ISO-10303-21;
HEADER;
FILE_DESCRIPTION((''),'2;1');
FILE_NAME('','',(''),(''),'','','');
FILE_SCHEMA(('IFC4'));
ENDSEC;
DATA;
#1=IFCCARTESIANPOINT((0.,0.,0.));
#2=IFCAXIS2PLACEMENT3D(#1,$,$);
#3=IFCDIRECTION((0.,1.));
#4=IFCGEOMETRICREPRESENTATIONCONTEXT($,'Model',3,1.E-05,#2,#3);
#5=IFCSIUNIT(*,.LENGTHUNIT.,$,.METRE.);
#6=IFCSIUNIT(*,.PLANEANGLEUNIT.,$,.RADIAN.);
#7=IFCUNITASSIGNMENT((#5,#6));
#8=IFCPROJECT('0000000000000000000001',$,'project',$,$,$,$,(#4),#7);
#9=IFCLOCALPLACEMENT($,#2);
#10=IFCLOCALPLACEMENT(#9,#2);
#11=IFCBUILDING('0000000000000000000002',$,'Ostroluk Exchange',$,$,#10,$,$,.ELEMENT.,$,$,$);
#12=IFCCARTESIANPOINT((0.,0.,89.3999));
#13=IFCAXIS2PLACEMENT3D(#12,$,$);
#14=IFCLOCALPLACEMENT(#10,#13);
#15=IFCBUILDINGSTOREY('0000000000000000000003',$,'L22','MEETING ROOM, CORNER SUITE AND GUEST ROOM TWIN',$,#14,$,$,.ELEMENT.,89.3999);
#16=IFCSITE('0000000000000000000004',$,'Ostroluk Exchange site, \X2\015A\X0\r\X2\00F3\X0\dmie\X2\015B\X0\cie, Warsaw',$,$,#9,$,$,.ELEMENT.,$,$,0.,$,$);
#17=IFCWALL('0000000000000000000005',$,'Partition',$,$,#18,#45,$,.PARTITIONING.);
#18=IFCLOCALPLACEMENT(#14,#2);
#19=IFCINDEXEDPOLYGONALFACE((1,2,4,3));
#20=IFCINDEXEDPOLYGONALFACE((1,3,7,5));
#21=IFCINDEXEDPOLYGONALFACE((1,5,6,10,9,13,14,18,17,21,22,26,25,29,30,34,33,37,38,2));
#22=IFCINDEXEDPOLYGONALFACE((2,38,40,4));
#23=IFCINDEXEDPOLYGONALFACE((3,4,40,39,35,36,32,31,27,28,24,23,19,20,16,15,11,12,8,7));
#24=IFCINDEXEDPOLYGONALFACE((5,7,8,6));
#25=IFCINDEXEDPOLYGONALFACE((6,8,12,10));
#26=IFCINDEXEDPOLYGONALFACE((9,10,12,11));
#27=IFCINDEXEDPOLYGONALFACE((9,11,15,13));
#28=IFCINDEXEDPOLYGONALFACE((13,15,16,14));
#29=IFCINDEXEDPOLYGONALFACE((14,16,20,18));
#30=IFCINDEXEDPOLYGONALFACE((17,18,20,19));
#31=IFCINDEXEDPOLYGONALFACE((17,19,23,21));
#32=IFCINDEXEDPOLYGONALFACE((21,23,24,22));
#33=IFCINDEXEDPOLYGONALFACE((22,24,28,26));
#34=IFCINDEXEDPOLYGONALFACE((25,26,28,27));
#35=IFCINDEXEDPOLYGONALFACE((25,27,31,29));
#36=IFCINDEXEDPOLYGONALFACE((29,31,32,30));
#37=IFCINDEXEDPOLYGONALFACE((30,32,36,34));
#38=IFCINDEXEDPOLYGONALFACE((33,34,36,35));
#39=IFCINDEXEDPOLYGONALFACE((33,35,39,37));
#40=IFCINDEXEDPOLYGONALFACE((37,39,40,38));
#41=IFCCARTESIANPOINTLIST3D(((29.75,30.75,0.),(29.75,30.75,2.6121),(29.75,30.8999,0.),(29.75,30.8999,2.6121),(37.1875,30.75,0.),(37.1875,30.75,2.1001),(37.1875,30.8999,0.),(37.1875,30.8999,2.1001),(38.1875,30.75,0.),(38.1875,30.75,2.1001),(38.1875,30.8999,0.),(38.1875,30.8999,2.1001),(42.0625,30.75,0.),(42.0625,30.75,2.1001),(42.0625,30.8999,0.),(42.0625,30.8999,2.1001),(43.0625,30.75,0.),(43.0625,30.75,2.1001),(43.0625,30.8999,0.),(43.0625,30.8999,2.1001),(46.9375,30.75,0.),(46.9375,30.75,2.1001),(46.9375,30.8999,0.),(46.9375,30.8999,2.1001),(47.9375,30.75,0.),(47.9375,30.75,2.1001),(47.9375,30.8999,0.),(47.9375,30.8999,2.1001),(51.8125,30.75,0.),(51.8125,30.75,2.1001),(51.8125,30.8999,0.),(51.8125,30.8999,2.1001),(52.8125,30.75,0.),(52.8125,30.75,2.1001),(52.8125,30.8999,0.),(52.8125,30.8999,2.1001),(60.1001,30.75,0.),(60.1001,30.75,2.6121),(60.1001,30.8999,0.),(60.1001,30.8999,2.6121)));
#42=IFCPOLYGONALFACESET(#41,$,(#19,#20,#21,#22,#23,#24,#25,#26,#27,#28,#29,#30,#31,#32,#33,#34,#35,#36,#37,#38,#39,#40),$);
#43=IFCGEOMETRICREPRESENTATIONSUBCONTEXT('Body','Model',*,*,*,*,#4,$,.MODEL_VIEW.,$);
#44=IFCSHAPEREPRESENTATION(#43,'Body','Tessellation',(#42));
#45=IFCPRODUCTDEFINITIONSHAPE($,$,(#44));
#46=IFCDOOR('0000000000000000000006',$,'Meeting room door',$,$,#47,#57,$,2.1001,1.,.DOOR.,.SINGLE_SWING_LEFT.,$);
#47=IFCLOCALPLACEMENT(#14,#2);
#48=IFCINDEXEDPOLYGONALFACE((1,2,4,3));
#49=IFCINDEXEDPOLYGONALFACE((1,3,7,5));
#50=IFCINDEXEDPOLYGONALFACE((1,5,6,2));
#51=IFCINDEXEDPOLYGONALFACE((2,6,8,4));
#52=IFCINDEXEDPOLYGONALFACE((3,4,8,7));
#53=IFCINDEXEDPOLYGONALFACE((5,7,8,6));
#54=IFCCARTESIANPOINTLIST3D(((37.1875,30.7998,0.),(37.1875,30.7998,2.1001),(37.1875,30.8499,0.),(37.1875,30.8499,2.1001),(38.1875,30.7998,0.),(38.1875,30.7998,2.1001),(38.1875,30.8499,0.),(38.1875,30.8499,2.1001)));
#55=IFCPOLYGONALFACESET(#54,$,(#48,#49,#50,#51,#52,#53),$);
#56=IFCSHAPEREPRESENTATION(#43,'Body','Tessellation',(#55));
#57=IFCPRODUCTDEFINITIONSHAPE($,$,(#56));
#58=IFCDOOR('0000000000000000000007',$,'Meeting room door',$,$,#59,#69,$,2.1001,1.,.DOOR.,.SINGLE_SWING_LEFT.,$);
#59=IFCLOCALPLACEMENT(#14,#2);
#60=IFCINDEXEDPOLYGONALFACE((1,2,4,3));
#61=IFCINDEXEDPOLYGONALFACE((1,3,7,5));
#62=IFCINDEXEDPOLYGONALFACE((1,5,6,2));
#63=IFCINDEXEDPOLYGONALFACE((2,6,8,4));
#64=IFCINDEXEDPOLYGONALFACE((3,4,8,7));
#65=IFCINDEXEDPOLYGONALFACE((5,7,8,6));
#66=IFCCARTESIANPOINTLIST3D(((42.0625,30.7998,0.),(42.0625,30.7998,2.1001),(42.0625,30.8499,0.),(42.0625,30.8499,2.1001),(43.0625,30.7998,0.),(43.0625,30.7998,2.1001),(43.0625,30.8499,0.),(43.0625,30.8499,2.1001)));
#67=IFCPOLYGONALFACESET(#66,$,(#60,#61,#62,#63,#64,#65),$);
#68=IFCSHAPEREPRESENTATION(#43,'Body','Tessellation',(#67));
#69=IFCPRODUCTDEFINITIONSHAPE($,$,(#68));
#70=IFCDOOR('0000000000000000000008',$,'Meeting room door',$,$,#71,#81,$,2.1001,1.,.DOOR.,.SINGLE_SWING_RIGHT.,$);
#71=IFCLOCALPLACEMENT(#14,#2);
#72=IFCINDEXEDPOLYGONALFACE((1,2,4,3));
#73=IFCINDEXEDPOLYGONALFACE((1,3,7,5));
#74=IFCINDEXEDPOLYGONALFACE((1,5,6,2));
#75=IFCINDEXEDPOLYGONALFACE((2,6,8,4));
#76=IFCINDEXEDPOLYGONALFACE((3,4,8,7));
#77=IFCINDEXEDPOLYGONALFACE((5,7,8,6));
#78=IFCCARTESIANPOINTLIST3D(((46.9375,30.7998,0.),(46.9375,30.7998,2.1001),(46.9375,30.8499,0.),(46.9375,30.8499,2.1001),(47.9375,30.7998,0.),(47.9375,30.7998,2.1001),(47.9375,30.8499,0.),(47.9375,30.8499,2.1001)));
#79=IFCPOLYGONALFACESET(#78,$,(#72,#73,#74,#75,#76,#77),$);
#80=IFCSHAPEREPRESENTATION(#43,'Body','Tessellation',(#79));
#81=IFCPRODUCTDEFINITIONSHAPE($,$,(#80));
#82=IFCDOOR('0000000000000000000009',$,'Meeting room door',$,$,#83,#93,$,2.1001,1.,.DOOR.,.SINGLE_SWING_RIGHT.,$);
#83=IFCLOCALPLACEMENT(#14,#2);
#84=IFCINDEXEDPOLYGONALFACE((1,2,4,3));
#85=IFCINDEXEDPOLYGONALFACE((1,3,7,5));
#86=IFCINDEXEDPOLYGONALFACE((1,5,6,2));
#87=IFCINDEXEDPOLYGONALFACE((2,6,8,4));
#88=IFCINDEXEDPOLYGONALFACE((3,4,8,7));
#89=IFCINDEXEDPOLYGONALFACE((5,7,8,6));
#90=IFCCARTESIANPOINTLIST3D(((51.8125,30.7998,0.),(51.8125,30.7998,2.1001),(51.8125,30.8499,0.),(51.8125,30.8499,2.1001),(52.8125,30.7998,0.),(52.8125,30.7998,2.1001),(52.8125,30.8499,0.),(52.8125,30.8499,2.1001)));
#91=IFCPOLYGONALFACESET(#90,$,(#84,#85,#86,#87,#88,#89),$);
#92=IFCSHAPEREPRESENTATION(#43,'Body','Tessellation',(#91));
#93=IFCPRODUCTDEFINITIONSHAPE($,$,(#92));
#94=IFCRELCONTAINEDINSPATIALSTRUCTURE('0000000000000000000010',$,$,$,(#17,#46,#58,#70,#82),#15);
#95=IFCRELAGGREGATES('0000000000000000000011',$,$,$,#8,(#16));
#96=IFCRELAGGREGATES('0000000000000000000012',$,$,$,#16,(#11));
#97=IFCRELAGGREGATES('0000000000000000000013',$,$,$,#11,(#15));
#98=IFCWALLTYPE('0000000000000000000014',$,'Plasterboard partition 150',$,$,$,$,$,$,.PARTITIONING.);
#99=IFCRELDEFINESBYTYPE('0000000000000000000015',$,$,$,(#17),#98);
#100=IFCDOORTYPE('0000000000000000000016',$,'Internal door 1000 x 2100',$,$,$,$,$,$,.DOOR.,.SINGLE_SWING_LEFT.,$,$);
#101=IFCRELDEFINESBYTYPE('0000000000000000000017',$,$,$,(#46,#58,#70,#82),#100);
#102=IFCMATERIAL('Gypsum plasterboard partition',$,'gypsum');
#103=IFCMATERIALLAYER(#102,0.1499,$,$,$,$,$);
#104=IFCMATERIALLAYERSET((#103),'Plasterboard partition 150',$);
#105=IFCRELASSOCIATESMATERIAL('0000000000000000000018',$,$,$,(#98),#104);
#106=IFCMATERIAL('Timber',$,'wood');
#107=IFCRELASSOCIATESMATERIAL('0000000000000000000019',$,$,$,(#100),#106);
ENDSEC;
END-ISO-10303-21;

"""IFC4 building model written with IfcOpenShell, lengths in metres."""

from ifc_helpers import new_model, si_unit, direction, frame, frame_2d, origin, place, context, subcontext, project, spatial, rectangle, extrude, material, layer, layer_set, type_object, element, fill, save


model = new_model("IFC4")

# Units and contexts
model_context = context("Model", 3, precision=1e-05, world=origin(), true_north=direction((0.0, 1.0)))
body_context = subcontext(model_context, "Body", "Model", "MODEL_VIEW")
ifc_project = project(units=[si_unit("LENGTHUNIT", "METRE"), si_unit("PLANEANGLEUNIT", "RADIAN")], contexts=[model_context])

# Site, building, storey
site_placement = place(None, origin())
site = spatial("IfcSite", under=ifc_project, at=site_placement, Name="Ostroluk Exchange site, Śródmieście, Warsaw", CompositionType="ELEMENT", RefElevation=0.0)
building_placement = place(site_placement, origin())
building = spatial("IfcBuilding", under=site, at=building_placement, Name="Ostroluk Exchange", CompositionType="ELEMENT")
storey_placement = place(building_placement, frame((0.0, 0.0, 89.3999)))
storey = spatial("IfcBuildingStorey", under=building, at=storey_placement, Name="L22", Description="MEETING ROOM, CORNER SUITE AND GUEST ROOM TWIN", CompositionType="ELEMENT", Elevation=89.3999)

# Wall, openings, doors
ifc_material_1 = material(Name="Gypsum plasterboard partition", Category="gypsum")
ifc_layer = layer(ifc_material_1, 0.1499)
ifc_layer_set = layer_set([ifc_layer], Name="Plasterboard partition 150")
wall_type = type_object("IfcWallType", Name="Plasterboard partition 150", PredefinedType="PARTITIONING", material=ifc_layer_set)
wall_placement = place(storey_placement, frame((29.75, 30.825, 0.0), z_axis=(0.0, 0.0, 1.0), x_axis=(1.0, 0.0, 0.0)))
wall = element("IfcWall", 1, at=wall_placement, inside=storey, type_object=wall_type, Name="Partition", PredefinedType="PARTITIONING", context=body_context, shape_type="SweptSolid", body=[
    extrude(rectangle(XDim=30.3501, YDim=0.1499, at=frame_2d((15.175, 0.0))), origin(), (0.0, 0.0, 1.0), 2.6121),
])
opening_1_placement = place(wall_placement, frame((7.4375, 0.0, 0.0)))
opening_1 = element("IfcOpeningElement", 2, at=opening_1_placement, cuts=wall, PredefinedType="OPENING", context=body_context, shape_type="SweptSolid", body=[
    extrude(rectangle(XDim=1.0, YDim=2.1001, at=frame_2d((0.5, 1.05))), frame((0.0, 0.085, 0.0), z_axis=(0.0, -1.0, 0.0), x_axis=(1.0, 0.0, 0.0)), (0.0, 0.0, 1.0), 0.1699),
])
opening_2_placement = place(wall_placement, frame((12.3125, 0.0, 0.0)))
opening_2 = element("IfcOpeningElement", 3, at=opening_2_placement, cuts=wall, PredefinedType="OPENING", context=body_context, shape_type="SweptSolid", body=[
    extrude(rectangle(XDim=1.0, YDim=2.1001, at=frame_2d((0.5, 1.05))), frame((0.0, 0.085, 0.0), z_axis=(0.0, -1.0, 0.0), x_axis=(1.0, 0.0, 0.0)), (0.0, 0.0, 1.0), 0.1699),
])
opening_3_placement = place(wall_placement, frame((17.1875, 0.0, 0.0)))
opening_3 = element("IfcOpeningElement", 4, at=opening_3_placement, cuts=wall, PredefinedType="OPENING", context=body_context, shape_type="SweptSolid", body=[
    extrude(rectangle(XDim=1.0, YDim=2.1001, at=frame_2d((0.5, 1.05))), frame((0.0, 0.085, 0.0), z_axis=(0.0, -1.0, 0.0), x_axis=(1.0, 0.0, 0.0)), (0.0, 0.0, 1.0), 0.1699),
])
opening_4_placement = place(wall_placement, frame((22.0625, 0.0, 0.0)))
opening_4 = element("IfcOpeningElement", 5, at=opening_4_placement, cuts=wall, PredefinedType="OPENING", context=body_context, shape_type="SweptSolid", body=[
    extrude(rectangle(XDim=1.0, YDim=2.1001, at=frame_2d((0.5, 1.05))), frame((0.0, 0.085, 0.0), z_axis=(0.0, -1.0, 0.0), x_axis=(1.0, 0.0, 0.0)), (0.0, 0.0, 1.0), 0.1699),
])
ifc_material_2 = material(Name="Timber", Category="wood")
door_type = type_object("IfcDoorType", Name="Internal door 1000 x 2100", OperationType="SINGLE_SWING_LEFT", PredefinedType="DOOR", material=ifc_material_2)
door_1_placement = place(opening_1_placement, origin())
door_1 = element("IfcDoor", 6, at=door_1_placement, inside=storey, type_object=door_type, Name="Meeting room door", OperationType="SINGLE_SWING_LEFT", OverallHeight=2.1001, OverallWidth=1.0, PredefinedType="DOOR", context=body_context, shape_type="SweptSolid", body=[
    extrude(rectangle(XDim=1.0, YDim=2.1001, at=frame_2d((0.5, 1.05))), frame((0.0, 0.0249, 0.0), z_axis=(0.0, -1.0, 0.0), x_axis=(1.0, 0.0, 0.0)), (0.0, 0.0, 1.0), 0.05),
])
fill(opening_1, door_1)
door_2_placement = place(opening_2_placement, origin())
door_2 = element("IfcDoor", 7, at=door_2_placement, inside=storey, type_object=door_type, Name="Meeting room door", OperationType="SINGLE_SWING_LEFT", OverallHeight=2.1001, OverallWidth=1.0, PredefinedType="DOOR", context=body_context, shape_type="SweptSolid", body=[
    extrude(rectangle(XDim=1.0, YDim=2.1001, at=frame_2d((0.5, 1.05))), frame((0.0, 0.0249, 0.0), z_axis=(0.0, -1.0, 0.0), x_axis=(1.0, 0.0, 0.0)), (0.0, 0.0, 1.0), 0.05),
])
fill(opening_2, door_2)
door_3_placement = place(opening_3_placement, origin())
door_3 = element("IfcDoor", 8, at=door_3_placement, inside=storey, type_object=door_type, Name="Meeting room door", OperationType="SINGLE_SWING_RIGHT", OverallHeight=2.1001, OverallWidth=1.0, PredefinedType="DOOR", context=body_context, shape_type="SweptSolid", body=[
    extrude(rectangle(XDim=1.0, YDim=2.1001, at=frame_2d((0.5, 1.05))), frame((0.0, 0.0249, 0.0), z_axis=(0.0, -1.0, 0.0), x_axis=(1.0, 0.0, 0.0)), (0.0, 0.0, 1.0), 0.05),
])
fill(opening_3, door_3)
door_4_placement = place(opening_4_placement, origin())
door_4 = element("IfcDoor", 9, at=door_4_placement, inside=storey, type_object=door_type, Name="Meeting room door", OperationType="SINGLE_SWING_RIGHT", OverallHeight=2.1001, OverallWidth=1.0, PredefinedType="DOOR", context=body_context, shape_type="SweptSolid", body=[
    extrude(rectangle(XDim=1.0, YDim=2.1001, at=frame_2d((0.5, 1.05))), frame((0.0, 0.0249, 0.0), z_axis=(0.0, -1.0, 0.0), x_axis=(1.0, 0.0, 0.0)), (0.0, 0.0, 1.0), 0.05),
])
fill(opening_4, door_4)

save(model, "model.ifc")
